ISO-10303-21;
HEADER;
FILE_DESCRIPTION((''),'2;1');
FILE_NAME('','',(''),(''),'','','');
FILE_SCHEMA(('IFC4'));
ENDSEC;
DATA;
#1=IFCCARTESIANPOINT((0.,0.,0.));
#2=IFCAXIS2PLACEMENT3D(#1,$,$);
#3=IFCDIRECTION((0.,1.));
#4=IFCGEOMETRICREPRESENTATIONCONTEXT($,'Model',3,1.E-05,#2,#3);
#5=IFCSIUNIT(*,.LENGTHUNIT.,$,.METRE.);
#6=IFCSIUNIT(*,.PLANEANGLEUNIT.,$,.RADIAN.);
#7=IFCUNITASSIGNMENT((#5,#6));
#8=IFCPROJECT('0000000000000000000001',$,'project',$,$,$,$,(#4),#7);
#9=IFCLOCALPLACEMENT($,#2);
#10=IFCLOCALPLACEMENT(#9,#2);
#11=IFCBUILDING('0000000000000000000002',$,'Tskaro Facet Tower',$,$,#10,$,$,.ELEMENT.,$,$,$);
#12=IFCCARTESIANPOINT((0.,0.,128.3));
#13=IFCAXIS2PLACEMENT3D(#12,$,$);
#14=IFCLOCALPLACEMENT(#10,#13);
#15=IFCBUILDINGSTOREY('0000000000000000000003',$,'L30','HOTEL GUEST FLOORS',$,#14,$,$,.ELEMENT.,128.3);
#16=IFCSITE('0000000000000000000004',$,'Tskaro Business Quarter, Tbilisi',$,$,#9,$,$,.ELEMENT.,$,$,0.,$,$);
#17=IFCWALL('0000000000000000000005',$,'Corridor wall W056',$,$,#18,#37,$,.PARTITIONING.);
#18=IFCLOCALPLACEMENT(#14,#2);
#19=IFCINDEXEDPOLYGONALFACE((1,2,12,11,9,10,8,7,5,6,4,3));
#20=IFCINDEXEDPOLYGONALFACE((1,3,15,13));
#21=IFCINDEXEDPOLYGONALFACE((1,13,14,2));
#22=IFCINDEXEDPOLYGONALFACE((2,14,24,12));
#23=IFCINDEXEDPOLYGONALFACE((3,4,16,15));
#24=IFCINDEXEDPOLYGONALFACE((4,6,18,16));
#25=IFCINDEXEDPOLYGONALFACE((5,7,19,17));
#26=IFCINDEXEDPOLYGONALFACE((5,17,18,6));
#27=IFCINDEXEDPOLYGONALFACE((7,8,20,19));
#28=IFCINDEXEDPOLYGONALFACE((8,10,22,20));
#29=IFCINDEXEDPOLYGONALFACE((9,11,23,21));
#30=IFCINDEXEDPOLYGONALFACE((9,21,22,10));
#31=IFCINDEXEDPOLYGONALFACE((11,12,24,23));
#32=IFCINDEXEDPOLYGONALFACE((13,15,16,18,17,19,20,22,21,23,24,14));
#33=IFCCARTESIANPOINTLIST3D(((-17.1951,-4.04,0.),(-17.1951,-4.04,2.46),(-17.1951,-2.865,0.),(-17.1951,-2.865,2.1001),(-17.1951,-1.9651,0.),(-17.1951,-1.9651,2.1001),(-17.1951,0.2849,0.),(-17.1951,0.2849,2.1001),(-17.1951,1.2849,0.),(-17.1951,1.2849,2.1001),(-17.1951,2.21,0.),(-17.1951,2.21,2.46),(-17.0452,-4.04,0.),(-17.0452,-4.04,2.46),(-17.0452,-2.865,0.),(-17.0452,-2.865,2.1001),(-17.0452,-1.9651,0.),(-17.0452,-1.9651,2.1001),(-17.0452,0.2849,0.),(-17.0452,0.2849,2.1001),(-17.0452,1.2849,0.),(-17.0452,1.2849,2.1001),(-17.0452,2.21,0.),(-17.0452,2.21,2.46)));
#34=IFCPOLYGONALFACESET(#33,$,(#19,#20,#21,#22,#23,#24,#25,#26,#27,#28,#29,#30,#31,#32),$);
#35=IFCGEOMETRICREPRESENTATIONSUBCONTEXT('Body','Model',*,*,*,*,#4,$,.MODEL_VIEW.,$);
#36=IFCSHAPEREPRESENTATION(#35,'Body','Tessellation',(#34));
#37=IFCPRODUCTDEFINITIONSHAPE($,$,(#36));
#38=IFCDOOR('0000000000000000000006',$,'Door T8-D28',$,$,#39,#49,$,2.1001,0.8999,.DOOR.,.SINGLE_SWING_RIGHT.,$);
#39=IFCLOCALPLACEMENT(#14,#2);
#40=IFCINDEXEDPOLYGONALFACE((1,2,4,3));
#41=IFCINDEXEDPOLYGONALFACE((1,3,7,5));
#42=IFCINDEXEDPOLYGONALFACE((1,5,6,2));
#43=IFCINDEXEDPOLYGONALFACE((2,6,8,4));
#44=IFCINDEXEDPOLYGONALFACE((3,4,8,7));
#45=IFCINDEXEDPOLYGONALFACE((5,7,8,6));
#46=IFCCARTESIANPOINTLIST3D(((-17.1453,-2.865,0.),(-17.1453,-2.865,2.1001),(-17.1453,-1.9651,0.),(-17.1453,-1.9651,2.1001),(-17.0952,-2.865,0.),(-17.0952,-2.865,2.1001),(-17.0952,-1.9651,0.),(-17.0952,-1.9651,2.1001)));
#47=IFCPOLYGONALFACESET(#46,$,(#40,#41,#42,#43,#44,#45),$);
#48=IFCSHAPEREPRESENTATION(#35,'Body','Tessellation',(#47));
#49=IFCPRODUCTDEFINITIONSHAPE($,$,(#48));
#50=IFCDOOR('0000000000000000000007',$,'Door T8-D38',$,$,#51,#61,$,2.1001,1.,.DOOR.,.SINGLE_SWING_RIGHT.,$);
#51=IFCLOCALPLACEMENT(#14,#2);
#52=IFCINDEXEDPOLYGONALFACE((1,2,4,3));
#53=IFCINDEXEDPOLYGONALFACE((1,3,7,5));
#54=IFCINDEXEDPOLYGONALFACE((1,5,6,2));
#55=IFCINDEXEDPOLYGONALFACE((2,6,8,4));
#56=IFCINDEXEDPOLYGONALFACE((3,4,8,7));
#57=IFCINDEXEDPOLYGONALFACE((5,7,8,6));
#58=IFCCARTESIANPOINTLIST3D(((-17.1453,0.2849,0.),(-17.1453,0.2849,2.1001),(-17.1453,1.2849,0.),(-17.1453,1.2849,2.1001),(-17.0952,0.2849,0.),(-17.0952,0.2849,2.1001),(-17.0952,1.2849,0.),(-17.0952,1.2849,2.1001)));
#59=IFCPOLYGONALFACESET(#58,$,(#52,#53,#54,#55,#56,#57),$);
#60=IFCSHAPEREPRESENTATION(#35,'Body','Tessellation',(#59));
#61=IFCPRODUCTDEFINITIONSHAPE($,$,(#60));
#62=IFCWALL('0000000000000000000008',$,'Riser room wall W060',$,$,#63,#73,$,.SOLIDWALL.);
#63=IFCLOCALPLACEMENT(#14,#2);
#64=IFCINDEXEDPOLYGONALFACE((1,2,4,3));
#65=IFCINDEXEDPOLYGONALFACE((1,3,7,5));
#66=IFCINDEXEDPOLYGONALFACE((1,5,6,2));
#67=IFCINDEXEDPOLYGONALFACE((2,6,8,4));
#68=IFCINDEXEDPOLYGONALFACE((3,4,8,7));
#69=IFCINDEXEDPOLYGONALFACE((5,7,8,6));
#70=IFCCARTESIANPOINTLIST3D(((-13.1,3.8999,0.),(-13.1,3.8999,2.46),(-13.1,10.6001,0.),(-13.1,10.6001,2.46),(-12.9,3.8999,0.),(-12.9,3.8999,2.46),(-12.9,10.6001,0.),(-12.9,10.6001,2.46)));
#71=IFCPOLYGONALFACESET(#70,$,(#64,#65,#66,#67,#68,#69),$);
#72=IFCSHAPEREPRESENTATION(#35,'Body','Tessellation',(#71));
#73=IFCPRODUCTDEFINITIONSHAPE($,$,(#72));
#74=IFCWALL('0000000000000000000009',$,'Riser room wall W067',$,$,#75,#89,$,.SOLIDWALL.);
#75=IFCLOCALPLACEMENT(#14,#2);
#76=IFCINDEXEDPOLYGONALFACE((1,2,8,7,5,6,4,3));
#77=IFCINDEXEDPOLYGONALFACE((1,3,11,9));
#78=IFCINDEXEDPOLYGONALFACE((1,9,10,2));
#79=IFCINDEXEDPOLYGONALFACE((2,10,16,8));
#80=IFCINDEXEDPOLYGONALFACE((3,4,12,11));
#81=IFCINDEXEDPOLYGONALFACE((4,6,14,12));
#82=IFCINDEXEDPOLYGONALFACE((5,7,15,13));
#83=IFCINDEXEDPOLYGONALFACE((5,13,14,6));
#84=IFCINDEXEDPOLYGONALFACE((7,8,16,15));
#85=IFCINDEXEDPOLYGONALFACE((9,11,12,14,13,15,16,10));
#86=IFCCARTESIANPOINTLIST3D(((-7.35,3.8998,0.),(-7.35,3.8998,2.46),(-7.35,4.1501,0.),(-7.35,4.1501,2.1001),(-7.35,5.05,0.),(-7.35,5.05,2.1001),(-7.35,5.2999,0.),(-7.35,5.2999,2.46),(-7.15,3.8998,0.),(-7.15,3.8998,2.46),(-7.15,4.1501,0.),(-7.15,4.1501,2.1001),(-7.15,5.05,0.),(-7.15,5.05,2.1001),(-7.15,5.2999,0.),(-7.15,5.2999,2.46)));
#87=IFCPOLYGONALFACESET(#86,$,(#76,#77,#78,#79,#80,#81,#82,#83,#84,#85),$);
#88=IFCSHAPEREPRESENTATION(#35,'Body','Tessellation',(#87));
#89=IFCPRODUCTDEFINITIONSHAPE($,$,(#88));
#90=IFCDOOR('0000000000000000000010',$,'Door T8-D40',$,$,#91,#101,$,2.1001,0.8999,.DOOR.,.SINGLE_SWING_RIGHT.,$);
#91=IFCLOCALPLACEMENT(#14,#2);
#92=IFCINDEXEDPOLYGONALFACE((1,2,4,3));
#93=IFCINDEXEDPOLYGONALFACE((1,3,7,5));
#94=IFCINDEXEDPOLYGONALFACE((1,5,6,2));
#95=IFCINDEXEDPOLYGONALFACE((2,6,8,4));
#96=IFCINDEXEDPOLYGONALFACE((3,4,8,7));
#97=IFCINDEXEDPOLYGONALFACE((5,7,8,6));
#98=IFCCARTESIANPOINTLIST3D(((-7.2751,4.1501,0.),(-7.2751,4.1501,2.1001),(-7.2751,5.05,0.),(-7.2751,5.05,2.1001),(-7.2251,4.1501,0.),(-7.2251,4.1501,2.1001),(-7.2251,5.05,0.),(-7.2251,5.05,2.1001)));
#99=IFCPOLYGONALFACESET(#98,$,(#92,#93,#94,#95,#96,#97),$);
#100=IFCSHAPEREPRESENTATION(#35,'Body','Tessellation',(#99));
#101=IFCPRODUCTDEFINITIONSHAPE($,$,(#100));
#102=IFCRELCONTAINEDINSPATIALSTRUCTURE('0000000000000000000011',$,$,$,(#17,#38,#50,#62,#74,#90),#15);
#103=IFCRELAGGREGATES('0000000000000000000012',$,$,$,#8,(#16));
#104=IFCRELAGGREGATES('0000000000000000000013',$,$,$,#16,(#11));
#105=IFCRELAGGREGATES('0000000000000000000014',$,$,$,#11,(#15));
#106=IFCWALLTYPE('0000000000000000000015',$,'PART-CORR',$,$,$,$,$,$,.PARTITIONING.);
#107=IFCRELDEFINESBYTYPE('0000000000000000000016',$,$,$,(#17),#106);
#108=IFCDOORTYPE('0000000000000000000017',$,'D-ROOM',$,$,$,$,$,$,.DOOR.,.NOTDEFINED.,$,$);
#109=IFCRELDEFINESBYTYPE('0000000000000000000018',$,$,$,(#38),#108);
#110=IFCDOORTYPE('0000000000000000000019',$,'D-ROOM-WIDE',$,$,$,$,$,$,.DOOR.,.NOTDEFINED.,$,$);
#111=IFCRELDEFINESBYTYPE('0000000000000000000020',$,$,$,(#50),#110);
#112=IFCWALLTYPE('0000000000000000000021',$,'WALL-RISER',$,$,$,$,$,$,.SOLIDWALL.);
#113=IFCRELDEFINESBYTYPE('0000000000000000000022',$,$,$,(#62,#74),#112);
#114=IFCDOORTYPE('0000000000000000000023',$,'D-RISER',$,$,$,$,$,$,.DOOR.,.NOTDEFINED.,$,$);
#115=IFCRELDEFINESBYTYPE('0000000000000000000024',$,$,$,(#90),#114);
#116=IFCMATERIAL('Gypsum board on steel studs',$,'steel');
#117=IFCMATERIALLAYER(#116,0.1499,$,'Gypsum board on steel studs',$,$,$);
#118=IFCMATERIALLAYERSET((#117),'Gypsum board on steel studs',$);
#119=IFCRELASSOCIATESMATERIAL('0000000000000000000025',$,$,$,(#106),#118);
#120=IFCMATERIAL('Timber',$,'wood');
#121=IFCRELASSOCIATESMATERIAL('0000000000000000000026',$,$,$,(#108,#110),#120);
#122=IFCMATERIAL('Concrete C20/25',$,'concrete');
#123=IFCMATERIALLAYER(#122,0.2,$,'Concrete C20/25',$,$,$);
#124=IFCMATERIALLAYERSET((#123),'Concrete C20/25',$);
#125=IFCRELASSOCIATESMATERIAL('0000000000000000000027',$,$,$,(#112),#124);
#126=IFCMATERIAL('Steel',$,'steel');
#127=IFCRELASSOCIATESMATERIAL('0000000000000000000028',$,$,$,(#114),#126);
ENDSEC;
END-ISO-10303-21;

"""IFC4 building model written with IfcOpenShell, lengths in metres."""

from ifc_helpers import new_model, si_unit, direction, frame, frame_2d, origin, place, context, subcontext, project, spatial, rectangle, extrude, material, layer, layer_set, type_object, element, fill, save


model = new_model("IFC4")

# Units and contexts
model_context = context("Model", 3, precision=1e-05, world=origin(), true_north=direction((0.0, 1.0)))
body_context = subcontext(model_context, "Body", "Model", "MODEL_VIEW")
ifc_project = project(units=[si_unit("LENGTHUNIT", "METRE"), si_unit("PLANEANGLEUNIT", "RADIAN")], contexts=[model_context])

# Site, building, storey
site_placement = place(None, origin())
site = spatial("IfcSite", under=ifc_project, at=site_placement, Name="Tskaro Business Quarter, Tbilisi", CompositionType="ELEMENT", RefElevation=0.0)
building_placement = place(site_placement, origin())
building = spatial("IfcBuilding", under=site, at=building_placement, Name="Tskaro Facet Tower", CompositionType="ELEMENT")
storey_placement = place(building_placement, frame((0.0, 0.0, 128.3)))
storey = spatial("IfcBuildingStorey", under=building, at=storey_placement, Name="L30", Description="HOTEL GUEST FLOORS", CompositionType="ELEMENT", Elevation=128.3)

# Shared definitions
ifc_material_1 = material(Name="Gypsum board on steel studs", Category="steel")
ifc_layer_1 = layer(ifc_material_1, 0.1499, Name="Gypsum board on steel studs")
ifc_layer_set_1 = layer_set([ifc_layer_1], Name="Gypsum board on steel studs")
wall_type_1 = type_object("IfcWallType", Name="PART-CORR", PredefinedType="PARTITIONING", material=ifc_layer_set_1)

# Wall, openings, doors
wall_1_placement = place(storey_placement, frame((-17.1201, 2.21, 0.0), z_axis=(0.0, 0.0, 1.0), x_axis=(0.0, -1.0, 0.0)))
wall_1 = element("IfcWall", 1, at=wall_1_placement, inside=storey, type_object=wall_type_1, Name="Corridor wall W056", PredefinedType="PARTITIONING", context=body_context, shape_type="SweptSolid", body=[
    extrude(rectangle(XDim=6.25, YDim=0.1499, at=frame_2d((3.125, 0.0))), origin(), (0.0, 0.0, 1.0), 2.46),
])
opening_1_placement = place(wall_1_placement, frame((4.175, 0.0, 0.0)))
opening_1 = element("IfcOpeningElement", 2, at=opening_1_placement, cuts=wall_1, PredefinedType="OPENING", context=body_context, shape_type="SweptSolid", body=[
    extrude(rectangle(XDim=0.8999, YDim=2.1001, at=frame_2d((0.45, 1.05))), frame((0.0, 0.085, 0.0), z_axis=(0.0, -1.0, 0.0), x_axis=(1.0, 0.0, 0.0)), (0.0, 0.0, 1.0), 0.1699),
])
opening_2_placement = place(wall_1_placement, frame((0.925, 0.0, 0.0)))
opening_2 = element("IfcOpeningElement", 3, at=opening_2_placement, cuts=wall_1, PredefinedType="OPENING", context=body_context, shape_type="SweptSolid", body=[
    extrude(rectangle(XDim=1.0, YDim=2.1001, at=frame_2d((0.5, 1.05))), frame((0.0, 0.085, 0.0), z_axis=(0.0, -1.0, 0.0), x_axis=(1.0, 0.0, 0.0)), (0.0, 0.0, 1.0), 0.1699),
])
ifc_material_2 = material(Name="Timber", Category="wood")
door_type_1 = type_object("IfcDoorType", Name="D-ROOM", OperationType="NOTDEFINED", PredefinedType="DOOR", material=ifc_material_2)
door_1_placement = place(opening_1_placement, origin())
door_1 = element("IfcDoor", 4, at=door_1_placement, inside=storey, type_object=door_type_1, Name="Door T8-D28", OperationType="SINGLE_SWING_RIGHT", OverallHeight=2.1001, OverallWidth=0.8999, PredefinedType="DOOR", context=body_context, shape_type="SweptSolid", body=[
    extrude(rectangle(XDim=0.8999, YDim=2.1001, at=frame_2d((0.45, 1.05))), frame((0.0, 0.0249, 0.0), z_axis=(0.0, -1.0, 0.0), x_axis=(1.0, 0.0, 0.0)), (0.0, 0.0, 1.0), 0.05),
])
fill(opening_1, door_1)
door_type_2 = type_object("IfcDoorType", Name="D-ROOM-WIDE", OperationType="NOTDEFINED", PredefinedType="DOOR", material=ifc_material_2)
door_2_placement = place(opening_2_placement, origin())
door_2 = element("IfcDoor", 5, at=door_2_placement, inside=storey, type_object=door_type_2, Name="Door T8-D38", OperationType="SINGLE_SWING_RIGHT", OverallHeight=2.1001, OverallWidth=1.0, PredefinedType="DOOR", context=body_context, shape_type="SweptSolid", body=[
    extrude(rectangle(XDim=1.0, YDim=2.1001, at=frame_2d((0.5, 1.05))), frame((0.0, 0.0249, 0.0), z_axis=(0.0, -1.0, 0.0), x_axis=(1.0, 0.0, 0.0)), (0.0, 0.0, 1.0), 0.05),
])
fill(opening_2, door_2)

# Wall
ifc_material_3 = material(Name="Concrete C20/25", Category="concrete")
ifc_layer_2 = layer(ifc_material_3, 0.2, Name="Concrete C20/25")
ifc_layer_set_2 = layer_set([ifc_layer_2], Name="Concrete C20/25")
wall_type_2 = type_object("IfcWallType", Name="WALL-RISER", PredefinedType="SOLIDWALL", material=ifc_layer_set_2)
wall_2_placement = place(storey_placement, frame((-13.0, 3.8999, 0.0), z_axis=(0.0, 0.0, 1.0), x_axis=(0.0, 1.0, 0.0)))
element("IfcWall", 6, at=wall_2_placement, inside=storey, type_object=wall_type_2, Name="Riser room wall W060", PredefinedType="SOLIDWALL", context=body_context, shape_type="SweptSolid", body=[
    extrude(rectangle(XDim=6.7002, YDim=0.2, at=frame_2d((3.3501, 0.0))), origin(), (0.0, 0.0, 1.0), 2.46),
])

# Wall, opening, door
wall_3_placement = place(storey_placement, frame((-7.25, 5.3, 0.0), z_axis=(0.0, 0.0, 1.0), x_axis=(0.0, -1.0, 0.0)))
wall_3 = element("IfcWall", 7, at=wall_3_placement, inside=storey, type_object=wall_type_2, Name="Riser room wall W067", PredefinedType="SOLIDWALL", context=body_context, shape_type="SweptSolid", body=[
    extrude(rectangle(XDim=1.4001, YDim=0.2, at=frame_2d((0.7002, 0.0))), origin(), (0.0, 0.0, 1.0), 2.46),
])
opening_3_placement = place(wall_3_placement, frame((0.25, 0.0, 0.0)))
opening_3 = element("IfcOpeningElement", 8, at=opening_3_placement, cuts=wall_3, PredefinedType="OPENING", context=body_context, shape_type="SweptSolid", body=[
    extrude(rectangle(XDim=0.8999, YDim=2.1001, at=frame_2d((0.45, 1.05))), frame((0.0, 0.1099, 0.0), z_axis=(0.0, -1.0, 0.0), x_axis=(1.0, 0.0, 0.0)), (0.0, 0.0, 1.0), 0.22),
])
ifc_material_4 = material(Name="Steel", Category="steel")
door_type_3 = type_object("IfcDoorType", Name="D-RISER", OperationType="NOTDEFINED", PredefinedType="DOOR", material=ifc_material_4)
door_3_placement = place(opening_3_placement, origin())
door_3 = element("IfcDoor", 9, at=door_3_placement, inside=storey, type_object=door_type_3, Name="Door T8-D40", OperationType="SINGLE_SWING_RIGHT", OverallHeight=2.1001, OverallWidth=0.8999, PredefinedType="DOOR", context=body_context, shape_type="SweptSolid", body=[
    extrude(rectangle(XDim=0.8999, YDim=2.1001, at=frame_2d((0.45, 1.05))), frame((0.0, 0.0249, 0.0), z_axis=(0.0, -1.0, 0.0), x_axis=(1.0, 0.0, 0.0)), (0.0, 0.0, 1.0), 0.05),
])
fill(opening_3, door_3)

save(model, "model.ifc")
